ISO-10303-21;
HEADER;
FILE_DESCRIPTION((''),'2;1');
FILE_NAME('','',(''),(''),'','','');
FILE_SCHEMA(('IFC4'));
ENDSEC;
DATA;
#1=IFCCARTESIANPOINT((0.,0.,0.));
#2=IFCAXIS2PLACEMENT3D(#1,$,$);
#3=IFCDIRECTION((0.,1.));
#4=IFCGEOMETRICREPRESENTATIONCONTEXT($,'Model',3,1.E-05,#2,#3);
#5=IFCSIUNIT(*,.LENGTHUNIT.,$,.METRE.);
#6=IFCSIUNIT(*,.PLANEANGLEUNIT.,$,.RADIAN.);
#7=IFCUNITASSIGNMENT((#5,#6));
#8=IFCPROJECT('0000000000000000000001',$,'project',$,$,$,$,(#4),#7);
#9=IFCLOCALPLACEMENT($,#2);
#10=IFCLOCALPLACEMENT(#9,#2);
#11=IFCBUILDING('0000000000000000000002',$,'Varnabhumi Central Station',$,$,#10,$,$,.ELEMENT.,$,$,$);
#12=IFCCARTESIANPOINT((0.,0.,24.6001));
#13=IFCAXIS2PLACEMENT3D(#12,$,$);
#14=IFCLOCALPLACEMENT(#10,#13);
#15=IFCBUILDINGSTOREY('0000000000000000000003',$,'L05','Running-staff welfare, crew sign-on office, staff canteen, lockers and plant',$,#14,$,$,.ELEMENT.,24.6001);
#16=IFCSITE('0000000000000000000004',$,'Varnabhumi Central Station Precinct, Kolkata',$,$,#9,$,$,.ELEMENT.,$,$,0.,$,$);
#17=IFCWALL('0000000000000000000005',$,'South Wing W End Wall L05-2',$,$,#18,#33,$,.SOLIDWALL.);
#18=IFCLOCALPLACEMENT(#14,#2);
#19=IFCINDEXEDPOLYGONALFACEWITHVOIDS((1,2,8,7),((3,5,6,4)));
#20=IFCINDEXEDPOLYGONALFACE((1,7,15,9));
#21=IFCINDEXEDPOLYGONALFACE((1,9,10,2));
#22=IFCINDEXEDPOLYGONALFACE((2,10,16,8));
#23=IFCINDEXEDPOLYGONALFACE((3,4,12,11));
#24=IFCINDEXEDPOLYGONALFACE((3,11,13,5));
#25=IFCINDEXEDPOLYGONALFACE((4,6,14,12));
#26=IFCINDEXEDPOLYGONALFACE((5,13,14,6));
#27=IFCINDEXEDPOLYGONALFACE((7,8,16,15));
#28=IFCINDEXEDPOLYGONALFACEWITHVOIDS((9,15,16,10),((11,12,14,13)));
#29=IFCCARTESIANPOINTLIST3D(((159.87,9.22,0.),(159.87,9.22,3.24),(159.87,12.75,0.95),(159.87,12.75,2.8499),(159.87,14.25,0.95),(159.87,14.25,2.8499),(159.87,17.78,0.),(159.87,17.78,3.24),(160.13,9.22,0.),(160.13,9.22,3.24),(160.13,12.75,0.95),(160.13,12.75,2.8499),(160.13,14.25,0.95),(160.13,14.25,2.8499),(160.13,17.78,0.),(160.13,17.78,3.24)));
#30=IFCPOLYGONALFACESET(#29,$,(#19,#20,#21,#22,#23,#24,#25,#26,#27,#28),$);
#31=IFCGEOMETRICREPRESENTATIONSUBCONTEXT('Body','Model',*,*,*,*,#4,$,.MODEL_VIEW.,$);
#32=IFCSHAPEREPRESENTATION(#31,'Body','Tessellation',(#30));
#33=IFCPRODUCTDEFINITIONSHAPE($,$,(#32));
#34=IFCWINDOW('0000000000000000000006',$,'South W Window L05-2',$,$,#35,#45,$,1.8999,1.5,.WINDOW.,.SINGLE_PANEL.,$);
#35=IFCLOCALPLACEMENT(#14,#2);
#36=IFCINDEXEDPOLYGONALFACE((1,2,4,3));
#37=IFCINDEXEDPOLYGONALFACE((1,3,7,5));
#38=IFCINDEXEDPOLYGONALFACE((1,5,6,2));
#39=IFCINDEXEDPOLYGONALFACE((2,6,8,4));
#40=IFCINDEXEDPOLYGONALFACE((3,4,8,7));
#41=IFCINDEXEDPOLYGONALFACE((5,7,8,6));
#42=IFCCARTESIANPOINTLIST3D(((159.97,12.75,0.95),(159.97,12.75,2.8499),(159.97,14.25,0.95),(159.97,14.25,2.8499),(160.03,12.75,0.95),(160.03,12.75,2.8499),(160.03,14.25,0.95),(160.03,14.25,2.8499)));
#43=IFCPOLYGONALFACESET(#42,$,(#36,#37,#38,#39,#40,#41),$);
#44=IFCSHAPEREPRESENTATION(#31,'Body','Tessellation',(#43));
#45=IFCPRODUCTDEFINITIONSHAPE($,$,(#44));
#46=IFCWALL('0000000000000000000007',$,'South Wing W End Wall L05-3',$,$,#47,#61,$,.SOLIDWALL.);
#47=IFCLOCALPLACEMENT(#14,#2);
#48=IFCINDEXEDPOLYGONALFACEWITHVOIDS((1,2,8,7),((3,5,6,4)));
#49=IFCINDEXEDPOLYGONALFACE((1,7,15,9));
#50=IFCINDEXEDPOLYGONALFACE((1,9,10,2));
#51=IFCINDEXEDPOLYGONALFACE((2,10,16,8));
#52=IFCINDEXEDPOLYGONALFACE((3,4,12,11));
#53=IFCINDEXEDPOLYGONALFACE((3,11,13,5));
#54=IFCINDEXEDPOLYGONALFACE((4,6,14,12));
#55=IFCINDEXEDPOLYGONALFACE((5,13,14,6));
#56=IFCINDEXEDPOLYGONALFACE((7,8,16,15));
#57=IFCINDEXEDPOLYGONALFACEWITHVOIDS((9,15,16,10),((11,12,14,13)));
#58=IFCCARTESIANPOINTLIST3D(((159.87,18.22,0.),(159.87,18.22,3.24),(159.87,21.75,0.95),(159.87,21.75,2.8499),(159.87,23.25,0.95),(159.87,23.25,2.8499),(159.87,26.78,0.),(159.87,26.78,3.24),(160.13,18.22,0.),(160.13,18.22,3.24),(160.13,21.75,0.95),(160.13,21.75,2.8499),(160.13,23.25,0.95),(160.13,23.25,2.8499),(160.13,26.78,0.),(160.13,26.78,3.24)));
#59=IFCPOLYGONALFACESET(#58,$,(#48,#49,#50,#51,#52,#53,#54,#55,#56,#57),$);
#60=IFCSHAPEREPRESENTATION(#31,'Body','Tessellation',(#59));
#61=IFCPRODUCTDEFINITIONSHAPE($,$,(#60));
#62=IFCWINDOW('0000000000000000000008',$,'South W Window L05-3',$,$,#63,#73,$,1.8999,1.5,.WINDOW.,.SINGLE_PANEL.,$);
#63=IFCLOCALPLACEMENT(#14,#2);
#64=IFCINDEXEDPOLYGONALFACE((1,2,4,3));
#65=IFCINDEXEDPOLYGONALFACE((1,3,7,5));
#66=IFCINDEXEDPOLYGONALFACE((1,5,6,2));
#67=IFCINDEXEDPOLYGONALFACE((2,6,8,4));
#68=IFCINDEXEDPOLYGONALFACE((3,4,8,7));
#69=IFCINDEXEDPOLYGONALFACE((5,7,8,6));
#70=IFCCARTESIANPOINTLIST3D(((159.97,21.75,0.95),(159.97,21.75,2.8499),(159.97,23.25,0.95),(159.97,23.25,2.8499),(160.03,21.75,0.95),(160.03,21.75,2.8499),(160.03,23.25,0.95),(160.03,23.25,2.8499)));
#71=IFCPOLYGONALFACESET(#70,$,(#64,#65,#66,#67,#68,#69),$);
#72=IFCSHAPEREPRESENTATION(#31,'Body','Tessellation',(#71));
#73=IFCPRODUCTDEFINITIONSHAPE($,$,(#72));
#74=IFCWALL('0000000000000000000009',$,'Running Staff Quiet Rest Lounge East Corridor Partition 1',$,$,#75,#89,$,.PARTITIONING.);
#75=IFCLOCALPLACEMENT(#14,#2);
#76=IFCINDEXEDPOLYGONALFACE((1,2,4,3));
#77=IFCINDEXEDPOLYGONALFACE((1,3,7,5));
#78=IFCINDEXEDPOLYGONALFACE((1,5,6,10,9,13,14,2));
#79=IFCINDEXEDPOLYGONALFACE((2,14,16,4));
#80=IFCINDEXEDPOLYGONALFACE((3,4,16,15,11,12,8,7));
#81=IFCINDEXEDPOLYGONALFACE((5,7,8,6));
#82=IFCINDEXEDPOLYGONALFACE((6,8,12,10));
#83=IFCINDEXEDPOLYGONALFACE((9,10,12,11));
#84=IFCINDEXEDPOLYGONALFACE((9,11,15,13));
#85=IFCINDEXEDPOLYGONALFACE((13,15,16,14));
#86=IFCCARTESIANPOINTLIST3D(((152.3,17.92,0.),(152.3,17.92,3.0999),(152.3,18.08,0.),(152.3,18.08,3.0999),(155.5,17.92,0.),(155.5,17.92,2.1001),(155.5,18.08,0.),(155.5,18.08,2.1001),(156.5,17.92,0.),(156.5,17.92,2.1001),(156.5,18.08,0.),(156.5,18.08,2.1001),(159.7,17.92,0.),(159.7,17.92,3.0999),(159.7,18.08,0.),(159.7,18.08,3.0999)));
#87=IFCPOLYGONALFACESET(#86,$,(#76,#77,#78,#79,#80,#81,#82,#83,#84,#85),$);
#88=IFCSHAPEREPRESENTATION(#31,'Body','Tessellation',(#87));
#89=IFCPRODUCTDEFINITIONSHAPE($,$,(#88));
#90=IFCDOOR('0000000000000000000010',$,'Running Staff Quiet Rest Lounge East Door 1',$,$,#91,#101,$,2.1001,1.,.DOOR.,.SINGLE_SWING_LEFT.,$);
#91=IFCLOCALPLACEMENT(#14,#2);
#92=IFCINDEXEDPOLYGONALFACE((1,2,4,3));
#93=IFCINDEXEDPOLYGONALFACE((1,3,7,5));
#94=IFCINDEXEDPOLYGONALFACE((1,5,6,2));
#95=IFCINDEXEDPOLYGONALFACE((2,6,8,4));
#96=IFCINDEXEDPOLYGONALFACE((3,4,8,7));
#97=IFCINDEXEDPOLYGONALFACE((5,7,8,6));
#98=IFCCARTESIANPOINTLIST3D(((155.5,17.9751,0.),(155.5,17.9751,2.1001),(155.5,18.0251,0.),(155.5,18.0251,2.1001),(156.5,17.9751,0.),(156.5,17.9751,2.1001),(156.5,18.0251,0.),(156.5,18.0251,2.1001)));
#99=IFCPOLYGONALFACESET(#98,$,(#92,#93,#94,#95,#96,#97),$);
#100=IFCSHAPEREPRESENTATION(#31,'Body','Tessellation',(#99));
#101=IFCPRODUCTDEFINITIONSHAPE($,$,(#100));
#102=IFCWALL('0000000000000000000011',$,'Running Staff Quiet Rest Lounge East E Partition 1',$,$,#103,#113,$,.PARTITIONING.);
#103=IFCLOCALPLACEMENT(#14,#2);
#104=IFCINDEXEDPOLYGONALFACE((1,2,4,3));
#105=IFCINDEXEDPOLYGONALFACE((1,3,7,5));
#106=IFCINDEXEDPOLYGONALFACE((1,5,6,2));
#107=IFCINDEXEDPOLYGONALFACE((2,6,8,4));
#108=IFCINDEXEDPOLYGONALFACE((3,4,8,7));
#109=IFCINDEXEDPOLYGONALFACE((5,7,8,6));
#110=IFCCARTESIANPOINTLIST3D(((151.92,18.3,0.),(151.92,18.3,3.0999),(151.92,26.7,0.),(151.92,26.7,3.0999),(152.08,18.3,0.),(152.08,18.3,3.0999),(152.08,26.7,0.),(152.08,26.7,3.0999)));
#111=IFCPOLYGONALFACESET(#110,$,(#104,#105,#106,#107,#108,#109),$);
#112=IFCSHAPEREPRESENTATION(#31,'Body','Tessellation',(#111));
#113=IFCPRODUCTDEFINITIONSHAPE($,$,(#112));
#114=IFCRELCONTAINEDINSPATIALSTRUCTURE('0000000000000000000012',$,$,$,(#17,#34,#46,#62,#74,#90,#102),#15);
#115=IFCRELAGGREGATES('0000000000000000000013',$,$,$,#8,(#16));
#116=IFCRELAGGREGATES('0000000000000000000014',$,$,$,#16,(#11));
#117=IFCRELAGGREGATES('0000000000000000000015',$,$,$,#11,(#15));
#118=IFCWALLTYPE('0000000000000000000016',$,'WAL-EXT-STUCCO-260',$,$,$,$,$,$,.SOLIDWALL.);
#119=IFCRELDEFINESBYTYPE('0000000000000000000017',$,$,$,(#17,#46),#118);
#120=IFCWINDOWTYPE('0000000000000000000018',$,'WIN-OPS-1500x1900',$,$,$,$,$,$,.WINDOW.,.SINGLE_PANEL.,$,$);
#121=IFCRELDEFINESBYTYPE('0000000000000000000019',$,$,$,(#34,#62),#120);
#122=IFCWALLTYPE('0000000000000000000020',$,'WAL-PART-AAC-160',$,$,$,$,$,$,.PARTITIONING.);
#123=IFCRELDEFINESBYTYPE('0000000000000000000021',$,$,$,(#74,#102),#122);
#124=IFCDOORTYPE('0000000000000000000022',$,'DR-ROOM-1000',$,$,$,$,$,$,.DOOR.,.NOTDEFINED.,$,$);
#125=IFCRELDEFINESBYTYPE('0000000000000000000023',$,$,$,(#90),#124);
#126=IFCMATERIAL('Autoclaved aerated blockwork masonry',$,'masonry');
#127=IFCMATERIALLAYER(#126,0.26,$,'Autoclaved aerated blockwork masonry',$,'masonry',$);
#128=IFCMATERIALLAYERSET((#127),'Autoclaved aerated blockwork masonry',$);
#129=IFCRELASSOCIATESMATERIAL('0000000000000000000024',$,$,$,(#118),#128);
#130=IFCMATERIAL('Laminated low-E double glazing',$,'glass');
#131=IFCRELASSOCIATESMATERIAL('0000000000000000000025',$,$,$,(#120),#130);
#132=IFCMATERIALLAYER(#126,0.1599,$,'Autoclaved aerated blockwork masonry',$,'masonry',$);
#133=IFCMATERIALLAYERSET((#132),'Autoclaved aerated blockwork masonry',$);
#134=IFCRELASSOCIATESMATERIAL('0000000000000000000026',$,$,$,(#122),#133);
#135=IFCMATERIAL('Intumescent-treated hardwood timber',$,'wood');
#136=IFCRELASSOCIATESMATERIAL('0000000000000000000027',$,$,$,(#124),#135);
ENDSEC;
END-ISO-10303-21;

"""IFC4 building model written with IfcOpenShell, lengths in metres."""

from ifc_helpers import new_model, si_unit, direction, frame, frame_2d, origin, place, context, subcontext, project, spatial, rectangle, extrude, material, layer, layer_set, type_object, element, fill, save


model = new_model("IFC4")

# Units and contexts
model_context = context("Model", 3, precision=1e-05, world=origin(), true_north=direction((0.0, 1.0)))
body_context = subcontext(model_context, "Body", "Model", "MODEL_VIEW")
ifc_project = project(units=[si_unit("LENGTHUNIT", "METRE"), si_unit("PLANEANGLEUNIT", "RADIAN")], contexts=[model_context])

# Site, building, storey
site_placement = place(None, origin())
site = spatial("IfcSite", under=ifc_project, at=site_placement, Name="Varnabhumi Central Station Precinct, Kolkata", CompositionType="ELEMENT", RefElevation=0.0)
building_placement = place(site_placement, origin())
building = spatial("IfcBuilding", under=site, at=building_placement, Name="Varnabhumi Central Station", CompositionType="ELEMENT")
storey_placement = place(building_placement, frame((0.0, 0.0, 24.6001)))
storey = spatial("IfcBuildingStorey", under=building, at=storey_placement, Name="L05", Description="Running-staff welfare, crew sign-on office, staff canteen, lockers and plant", CompositionType="ELEMENT", Elevation=24.6001)

# Shared definitions
ifc_material_1 = material(Name="Laminated low-E double glazing", Category="glass")

# Shared definitions
ifc_material_2 = material(Name="Autoclaved aerated blockwork masonry", Category="masonry")

# Walls, openings, windows
ifc_layer_1 = layer(ifc_material_2, 0.26, Name="Autoclaved aerated blockwork masonry", Category="masonry")
ifc_layer_set_1 = layer_set([ifc_layer_1], Name="Autoclaved aerated blockwork masonry")
wall_type_1 = type_object("IfcWallType", Name="WAL-EXT-STUCCO-260", PredefinedType="SOLIDWALL", material=ifc_layer_set_1)
wall_1_placement = place(storey_placement, frame((160.0, 9.22, 0.0), z_axis=(0.0, 0.0, 1.0), x_axis=(0.0, 1.0, 0.0)))
wall_1 = element("IfcWall", 1, at=wall_1_placement, inside=storey, type_object=wall_type_1, Name="South Wing W End Wall L05-2", PredefinedType="SOLIDWALL", context=body_context, shape_type="SweptSolid", body=[
    extrude(rectangle(XDim=8.5601, YDim=0.26, at=frame_2d((4.28, 0.0))), origin(), (0.0, 0.0, 1.0), 3.24),
])
opening_1_placement = place(wall_1_placement, frame((3.53, 0.0, 0.95)))
opening_1 = element("IfcOpeningElement", 2, at=opening_1_placement, cuts=wall_1, PredefinedType="OPENING", context=body_context, shape_type="SweptSolid", body=[
    extrude(rectangle(XDim=1.5, YDim=1.8999, at=frame_2d((0.75, 0.95))), frame((0.0, 0.1399, 0.0), z_axis=(0.0, -1.0, 0.0), x_axis=(1.0, 0.0, 0.0)), (0.0, 0.0, 1.0), 0.28),
])
window_type = type_object("IfcWindowType", Name="WIN-OPS-1500x1900", PartitioningType="SINGLE_PANEL", PredefinedType="WINDOW", material=ifc_material_1)
window_1_placement = place(opening_1_placement, origin())
window_1 = element("IfcWindow", 3, at=window_1_placement, inside=storey, type_object=window_type, Name="South W Window L05-2", OverallHeight=1.8999, OverallWidth=1.5, PartitioningType="SINGLE_PANEL", PredefinedType="WINDOW", context=body_context, shape_type="SweptSolid", body=[
    extrude(rectangle(XDim=1.5, YDim=1.8999, at=frame_2d((0.75, 0.95))), frame((0.0, 0.03, 0.0), z_axis=(0.0, -1.0, 0.0), x_axis=(1.0, 0.0, 0.0)), (0.0, 0.0, 1.0), 0.0601),
])
fill(opening_1, window_1)
wall_2_placement = place(storey_placement, frame((160.0, 18.22, 0.0), z_axis=(0.0, 0.0, 1.0), x_axis=(0.0, 1.0, 0.0)))
wall_2 = element("IfcWall", 4, at=wall_2_placement, inside=storey, type_object=wall_type_1, Name="South Wing W End Wall L05-3", PredefinedType="SOLIDWALL", context=body_context, shape_type="SweptSolid", body=[
    extrude(rectangle(XDim=8.5601, YDim=0.26, at=frame_2d((4.28, 0.0))), origin(), (0.0, 0.0, 1.0), 3.24),
])
opening_2_placement = place(wall_2_placement, frame((3.53, 0.0, 0.95)))
opening_2 = element("IfcOpeningElement", 5, at=opening_2_placement, cuts=wall_2, PredefinedType="OPENING", context=body_context, shape_type="SweptSolid", body=[
    extrude(rectangle(XDim=1.5, YDim=1.8999, at=frame_2d((0.75, 0.95))), frame((0.0, 0.1399, 0.0), z_axis=(0.0, -1.0, 0.0), x_axis=(1.0, 0.0, 0.0)), (0.0, 0.0, 1.0), 0.28),
])
window_2_placement = place(opening_2_placement, origin())
window_2 = element("IfcWindow", 6, at=window_2_placement, inside=storey, type_object=window_type, Name="South W Window L05-3", OverallHeight=1.8999, OverallWidth=1.5, PartitioningType="SINGLE_PANEL", PredefinedType="WINDOW", context=body_context, shape_type="SweptSolid", body=[
    extrude(rectangle(XDim=1.5, YDim=1.8999, at=frame_2d((0.75, 0.95))), frame((0.0, 0.03, 0.0), z_axis=(0.0, -1.0, 0.0), x_axis=(1.0, 0.0, 0.0)), (0.0, 0.0, 1.0), 0.0601),
])
fill(opening_2, window_2)

# Wall, opening, door
ifc_layer_2 = layer(ifc_material_2, 0.1599, Name="Autoclaved aerated blockwork masonry", Category="masonry")
ifc_layer_set_2 = layer_set([ifc_layer_2], Name="Autoclaved aerated blockwork masonry")
wall_type_2 = type_object("IfcWallType", Name="WAL-PART-AAC-160", PredefinedType="PARTITIONING", material=ifc_layer_set_2)
wall_3_placement = place(storey_placement, frame((152.3, 18.0, 0.0), z_axis=(0.0, 0.0, 1.0), x_axis=(1.0, 0.0, 0.0)))
wall_3 = element("IfcWall", 7, at=wall_3_placement, inside=storey, type_object=wall_type_2, Name="Running Staff Quiet Rest Lounge East Corridor Partition 1", PredefinedType="PARTITIONING", context=body_context, shape_type="SweptSolid", body=[
    extrude(rectangle(XDim=7.3999, YDim=0.1599, at=frame_2d((3.7, 0.0))), origin(), (0.0, 0.0, 1.0), 3.0999),
])
opening_3_placement = place(wall_3_placement, frame((3.2, 0.0, 0.0)))
opening_3 = element("IfcOpeningElement", 8, at=opening_3_placement, cuts=wall_3, PredefinedType="OPENING", context=body_context, shape_type="SweptSolid", body=[
    extrude(rectangle(XDim=1.0, YDim=2.1001, at=frame_2d((0.5, 1.05))), frame((0.0, 0.0898, 0.0), z_axis=(0.0, -1.0, 0.0), x_axis=(1.0, 0.0, 0.0)), (0.0, 0.0, 1.0), 0.1799),
])
ifc_material_3 = material(Name="Intumescent-treated hardwood timber", Category="wood")
door_type_1 = type_object("IfcDoorType", Name="DR-ROOM-1000", OperationType="NOTDEFINED", PredefinedType="DOOR", material=ifc_material_3)
door_1_placement = place(opening_3_placement, frame((1.0, 0.0, 0.0), z_axis=(0.0, 0.0, 1.0), x_axis=(-1.0, 0.0, 0.0)))
door_1 = element("IfcDoor", 9, at=door_1_placement, inside=storey, type_object=door_type_1, Name="Running Staff Quiet Rest Lounge East Door 1", OperationType="SINGLE_SWING_LEFT", OverallHeight=2.1001, OverallWidth=1.0, PredefinedType="DOOR", context=body_context, shape_type="SweptSolid", body=[
    extrude(rectangle(XDim=1.0, YDim=2.1001, at=frame_2d((0.5, 1.05))), frame((0.0, 0.0249, 0.0), z_axis=(0.0, -1.0, 0.0), x_axis=(1.0, 0.0, 0.0)), (0.0, 0.0, 1.0), 0.05),
])
fill(opening_3, door_1)

# Wall
wall_4_placement = place(storey_placement, frame((152.0, 18.3, 0.0), z_axis=(0.0, 0.0, 1.0), x_axis=(0.0, 1.0, 0.0)))
element("IfcWall", 10, at=wall_4_placement, inside=storey, type_object=wall_type_2, Name="Running Staff Quiet Rest Lounge East E Partition 1", PredefinedType="PARTITIONING", context=body_context, shape_type="SweptSolid", body=[
    extrude(rectangle(XDim=8.3999, YDim=0.1599, at=frame_2d((4.2, 0.0))), origin(), (0.0, 0.0, 1.0), 3.0999),
])

save(model, "model.ifc")
